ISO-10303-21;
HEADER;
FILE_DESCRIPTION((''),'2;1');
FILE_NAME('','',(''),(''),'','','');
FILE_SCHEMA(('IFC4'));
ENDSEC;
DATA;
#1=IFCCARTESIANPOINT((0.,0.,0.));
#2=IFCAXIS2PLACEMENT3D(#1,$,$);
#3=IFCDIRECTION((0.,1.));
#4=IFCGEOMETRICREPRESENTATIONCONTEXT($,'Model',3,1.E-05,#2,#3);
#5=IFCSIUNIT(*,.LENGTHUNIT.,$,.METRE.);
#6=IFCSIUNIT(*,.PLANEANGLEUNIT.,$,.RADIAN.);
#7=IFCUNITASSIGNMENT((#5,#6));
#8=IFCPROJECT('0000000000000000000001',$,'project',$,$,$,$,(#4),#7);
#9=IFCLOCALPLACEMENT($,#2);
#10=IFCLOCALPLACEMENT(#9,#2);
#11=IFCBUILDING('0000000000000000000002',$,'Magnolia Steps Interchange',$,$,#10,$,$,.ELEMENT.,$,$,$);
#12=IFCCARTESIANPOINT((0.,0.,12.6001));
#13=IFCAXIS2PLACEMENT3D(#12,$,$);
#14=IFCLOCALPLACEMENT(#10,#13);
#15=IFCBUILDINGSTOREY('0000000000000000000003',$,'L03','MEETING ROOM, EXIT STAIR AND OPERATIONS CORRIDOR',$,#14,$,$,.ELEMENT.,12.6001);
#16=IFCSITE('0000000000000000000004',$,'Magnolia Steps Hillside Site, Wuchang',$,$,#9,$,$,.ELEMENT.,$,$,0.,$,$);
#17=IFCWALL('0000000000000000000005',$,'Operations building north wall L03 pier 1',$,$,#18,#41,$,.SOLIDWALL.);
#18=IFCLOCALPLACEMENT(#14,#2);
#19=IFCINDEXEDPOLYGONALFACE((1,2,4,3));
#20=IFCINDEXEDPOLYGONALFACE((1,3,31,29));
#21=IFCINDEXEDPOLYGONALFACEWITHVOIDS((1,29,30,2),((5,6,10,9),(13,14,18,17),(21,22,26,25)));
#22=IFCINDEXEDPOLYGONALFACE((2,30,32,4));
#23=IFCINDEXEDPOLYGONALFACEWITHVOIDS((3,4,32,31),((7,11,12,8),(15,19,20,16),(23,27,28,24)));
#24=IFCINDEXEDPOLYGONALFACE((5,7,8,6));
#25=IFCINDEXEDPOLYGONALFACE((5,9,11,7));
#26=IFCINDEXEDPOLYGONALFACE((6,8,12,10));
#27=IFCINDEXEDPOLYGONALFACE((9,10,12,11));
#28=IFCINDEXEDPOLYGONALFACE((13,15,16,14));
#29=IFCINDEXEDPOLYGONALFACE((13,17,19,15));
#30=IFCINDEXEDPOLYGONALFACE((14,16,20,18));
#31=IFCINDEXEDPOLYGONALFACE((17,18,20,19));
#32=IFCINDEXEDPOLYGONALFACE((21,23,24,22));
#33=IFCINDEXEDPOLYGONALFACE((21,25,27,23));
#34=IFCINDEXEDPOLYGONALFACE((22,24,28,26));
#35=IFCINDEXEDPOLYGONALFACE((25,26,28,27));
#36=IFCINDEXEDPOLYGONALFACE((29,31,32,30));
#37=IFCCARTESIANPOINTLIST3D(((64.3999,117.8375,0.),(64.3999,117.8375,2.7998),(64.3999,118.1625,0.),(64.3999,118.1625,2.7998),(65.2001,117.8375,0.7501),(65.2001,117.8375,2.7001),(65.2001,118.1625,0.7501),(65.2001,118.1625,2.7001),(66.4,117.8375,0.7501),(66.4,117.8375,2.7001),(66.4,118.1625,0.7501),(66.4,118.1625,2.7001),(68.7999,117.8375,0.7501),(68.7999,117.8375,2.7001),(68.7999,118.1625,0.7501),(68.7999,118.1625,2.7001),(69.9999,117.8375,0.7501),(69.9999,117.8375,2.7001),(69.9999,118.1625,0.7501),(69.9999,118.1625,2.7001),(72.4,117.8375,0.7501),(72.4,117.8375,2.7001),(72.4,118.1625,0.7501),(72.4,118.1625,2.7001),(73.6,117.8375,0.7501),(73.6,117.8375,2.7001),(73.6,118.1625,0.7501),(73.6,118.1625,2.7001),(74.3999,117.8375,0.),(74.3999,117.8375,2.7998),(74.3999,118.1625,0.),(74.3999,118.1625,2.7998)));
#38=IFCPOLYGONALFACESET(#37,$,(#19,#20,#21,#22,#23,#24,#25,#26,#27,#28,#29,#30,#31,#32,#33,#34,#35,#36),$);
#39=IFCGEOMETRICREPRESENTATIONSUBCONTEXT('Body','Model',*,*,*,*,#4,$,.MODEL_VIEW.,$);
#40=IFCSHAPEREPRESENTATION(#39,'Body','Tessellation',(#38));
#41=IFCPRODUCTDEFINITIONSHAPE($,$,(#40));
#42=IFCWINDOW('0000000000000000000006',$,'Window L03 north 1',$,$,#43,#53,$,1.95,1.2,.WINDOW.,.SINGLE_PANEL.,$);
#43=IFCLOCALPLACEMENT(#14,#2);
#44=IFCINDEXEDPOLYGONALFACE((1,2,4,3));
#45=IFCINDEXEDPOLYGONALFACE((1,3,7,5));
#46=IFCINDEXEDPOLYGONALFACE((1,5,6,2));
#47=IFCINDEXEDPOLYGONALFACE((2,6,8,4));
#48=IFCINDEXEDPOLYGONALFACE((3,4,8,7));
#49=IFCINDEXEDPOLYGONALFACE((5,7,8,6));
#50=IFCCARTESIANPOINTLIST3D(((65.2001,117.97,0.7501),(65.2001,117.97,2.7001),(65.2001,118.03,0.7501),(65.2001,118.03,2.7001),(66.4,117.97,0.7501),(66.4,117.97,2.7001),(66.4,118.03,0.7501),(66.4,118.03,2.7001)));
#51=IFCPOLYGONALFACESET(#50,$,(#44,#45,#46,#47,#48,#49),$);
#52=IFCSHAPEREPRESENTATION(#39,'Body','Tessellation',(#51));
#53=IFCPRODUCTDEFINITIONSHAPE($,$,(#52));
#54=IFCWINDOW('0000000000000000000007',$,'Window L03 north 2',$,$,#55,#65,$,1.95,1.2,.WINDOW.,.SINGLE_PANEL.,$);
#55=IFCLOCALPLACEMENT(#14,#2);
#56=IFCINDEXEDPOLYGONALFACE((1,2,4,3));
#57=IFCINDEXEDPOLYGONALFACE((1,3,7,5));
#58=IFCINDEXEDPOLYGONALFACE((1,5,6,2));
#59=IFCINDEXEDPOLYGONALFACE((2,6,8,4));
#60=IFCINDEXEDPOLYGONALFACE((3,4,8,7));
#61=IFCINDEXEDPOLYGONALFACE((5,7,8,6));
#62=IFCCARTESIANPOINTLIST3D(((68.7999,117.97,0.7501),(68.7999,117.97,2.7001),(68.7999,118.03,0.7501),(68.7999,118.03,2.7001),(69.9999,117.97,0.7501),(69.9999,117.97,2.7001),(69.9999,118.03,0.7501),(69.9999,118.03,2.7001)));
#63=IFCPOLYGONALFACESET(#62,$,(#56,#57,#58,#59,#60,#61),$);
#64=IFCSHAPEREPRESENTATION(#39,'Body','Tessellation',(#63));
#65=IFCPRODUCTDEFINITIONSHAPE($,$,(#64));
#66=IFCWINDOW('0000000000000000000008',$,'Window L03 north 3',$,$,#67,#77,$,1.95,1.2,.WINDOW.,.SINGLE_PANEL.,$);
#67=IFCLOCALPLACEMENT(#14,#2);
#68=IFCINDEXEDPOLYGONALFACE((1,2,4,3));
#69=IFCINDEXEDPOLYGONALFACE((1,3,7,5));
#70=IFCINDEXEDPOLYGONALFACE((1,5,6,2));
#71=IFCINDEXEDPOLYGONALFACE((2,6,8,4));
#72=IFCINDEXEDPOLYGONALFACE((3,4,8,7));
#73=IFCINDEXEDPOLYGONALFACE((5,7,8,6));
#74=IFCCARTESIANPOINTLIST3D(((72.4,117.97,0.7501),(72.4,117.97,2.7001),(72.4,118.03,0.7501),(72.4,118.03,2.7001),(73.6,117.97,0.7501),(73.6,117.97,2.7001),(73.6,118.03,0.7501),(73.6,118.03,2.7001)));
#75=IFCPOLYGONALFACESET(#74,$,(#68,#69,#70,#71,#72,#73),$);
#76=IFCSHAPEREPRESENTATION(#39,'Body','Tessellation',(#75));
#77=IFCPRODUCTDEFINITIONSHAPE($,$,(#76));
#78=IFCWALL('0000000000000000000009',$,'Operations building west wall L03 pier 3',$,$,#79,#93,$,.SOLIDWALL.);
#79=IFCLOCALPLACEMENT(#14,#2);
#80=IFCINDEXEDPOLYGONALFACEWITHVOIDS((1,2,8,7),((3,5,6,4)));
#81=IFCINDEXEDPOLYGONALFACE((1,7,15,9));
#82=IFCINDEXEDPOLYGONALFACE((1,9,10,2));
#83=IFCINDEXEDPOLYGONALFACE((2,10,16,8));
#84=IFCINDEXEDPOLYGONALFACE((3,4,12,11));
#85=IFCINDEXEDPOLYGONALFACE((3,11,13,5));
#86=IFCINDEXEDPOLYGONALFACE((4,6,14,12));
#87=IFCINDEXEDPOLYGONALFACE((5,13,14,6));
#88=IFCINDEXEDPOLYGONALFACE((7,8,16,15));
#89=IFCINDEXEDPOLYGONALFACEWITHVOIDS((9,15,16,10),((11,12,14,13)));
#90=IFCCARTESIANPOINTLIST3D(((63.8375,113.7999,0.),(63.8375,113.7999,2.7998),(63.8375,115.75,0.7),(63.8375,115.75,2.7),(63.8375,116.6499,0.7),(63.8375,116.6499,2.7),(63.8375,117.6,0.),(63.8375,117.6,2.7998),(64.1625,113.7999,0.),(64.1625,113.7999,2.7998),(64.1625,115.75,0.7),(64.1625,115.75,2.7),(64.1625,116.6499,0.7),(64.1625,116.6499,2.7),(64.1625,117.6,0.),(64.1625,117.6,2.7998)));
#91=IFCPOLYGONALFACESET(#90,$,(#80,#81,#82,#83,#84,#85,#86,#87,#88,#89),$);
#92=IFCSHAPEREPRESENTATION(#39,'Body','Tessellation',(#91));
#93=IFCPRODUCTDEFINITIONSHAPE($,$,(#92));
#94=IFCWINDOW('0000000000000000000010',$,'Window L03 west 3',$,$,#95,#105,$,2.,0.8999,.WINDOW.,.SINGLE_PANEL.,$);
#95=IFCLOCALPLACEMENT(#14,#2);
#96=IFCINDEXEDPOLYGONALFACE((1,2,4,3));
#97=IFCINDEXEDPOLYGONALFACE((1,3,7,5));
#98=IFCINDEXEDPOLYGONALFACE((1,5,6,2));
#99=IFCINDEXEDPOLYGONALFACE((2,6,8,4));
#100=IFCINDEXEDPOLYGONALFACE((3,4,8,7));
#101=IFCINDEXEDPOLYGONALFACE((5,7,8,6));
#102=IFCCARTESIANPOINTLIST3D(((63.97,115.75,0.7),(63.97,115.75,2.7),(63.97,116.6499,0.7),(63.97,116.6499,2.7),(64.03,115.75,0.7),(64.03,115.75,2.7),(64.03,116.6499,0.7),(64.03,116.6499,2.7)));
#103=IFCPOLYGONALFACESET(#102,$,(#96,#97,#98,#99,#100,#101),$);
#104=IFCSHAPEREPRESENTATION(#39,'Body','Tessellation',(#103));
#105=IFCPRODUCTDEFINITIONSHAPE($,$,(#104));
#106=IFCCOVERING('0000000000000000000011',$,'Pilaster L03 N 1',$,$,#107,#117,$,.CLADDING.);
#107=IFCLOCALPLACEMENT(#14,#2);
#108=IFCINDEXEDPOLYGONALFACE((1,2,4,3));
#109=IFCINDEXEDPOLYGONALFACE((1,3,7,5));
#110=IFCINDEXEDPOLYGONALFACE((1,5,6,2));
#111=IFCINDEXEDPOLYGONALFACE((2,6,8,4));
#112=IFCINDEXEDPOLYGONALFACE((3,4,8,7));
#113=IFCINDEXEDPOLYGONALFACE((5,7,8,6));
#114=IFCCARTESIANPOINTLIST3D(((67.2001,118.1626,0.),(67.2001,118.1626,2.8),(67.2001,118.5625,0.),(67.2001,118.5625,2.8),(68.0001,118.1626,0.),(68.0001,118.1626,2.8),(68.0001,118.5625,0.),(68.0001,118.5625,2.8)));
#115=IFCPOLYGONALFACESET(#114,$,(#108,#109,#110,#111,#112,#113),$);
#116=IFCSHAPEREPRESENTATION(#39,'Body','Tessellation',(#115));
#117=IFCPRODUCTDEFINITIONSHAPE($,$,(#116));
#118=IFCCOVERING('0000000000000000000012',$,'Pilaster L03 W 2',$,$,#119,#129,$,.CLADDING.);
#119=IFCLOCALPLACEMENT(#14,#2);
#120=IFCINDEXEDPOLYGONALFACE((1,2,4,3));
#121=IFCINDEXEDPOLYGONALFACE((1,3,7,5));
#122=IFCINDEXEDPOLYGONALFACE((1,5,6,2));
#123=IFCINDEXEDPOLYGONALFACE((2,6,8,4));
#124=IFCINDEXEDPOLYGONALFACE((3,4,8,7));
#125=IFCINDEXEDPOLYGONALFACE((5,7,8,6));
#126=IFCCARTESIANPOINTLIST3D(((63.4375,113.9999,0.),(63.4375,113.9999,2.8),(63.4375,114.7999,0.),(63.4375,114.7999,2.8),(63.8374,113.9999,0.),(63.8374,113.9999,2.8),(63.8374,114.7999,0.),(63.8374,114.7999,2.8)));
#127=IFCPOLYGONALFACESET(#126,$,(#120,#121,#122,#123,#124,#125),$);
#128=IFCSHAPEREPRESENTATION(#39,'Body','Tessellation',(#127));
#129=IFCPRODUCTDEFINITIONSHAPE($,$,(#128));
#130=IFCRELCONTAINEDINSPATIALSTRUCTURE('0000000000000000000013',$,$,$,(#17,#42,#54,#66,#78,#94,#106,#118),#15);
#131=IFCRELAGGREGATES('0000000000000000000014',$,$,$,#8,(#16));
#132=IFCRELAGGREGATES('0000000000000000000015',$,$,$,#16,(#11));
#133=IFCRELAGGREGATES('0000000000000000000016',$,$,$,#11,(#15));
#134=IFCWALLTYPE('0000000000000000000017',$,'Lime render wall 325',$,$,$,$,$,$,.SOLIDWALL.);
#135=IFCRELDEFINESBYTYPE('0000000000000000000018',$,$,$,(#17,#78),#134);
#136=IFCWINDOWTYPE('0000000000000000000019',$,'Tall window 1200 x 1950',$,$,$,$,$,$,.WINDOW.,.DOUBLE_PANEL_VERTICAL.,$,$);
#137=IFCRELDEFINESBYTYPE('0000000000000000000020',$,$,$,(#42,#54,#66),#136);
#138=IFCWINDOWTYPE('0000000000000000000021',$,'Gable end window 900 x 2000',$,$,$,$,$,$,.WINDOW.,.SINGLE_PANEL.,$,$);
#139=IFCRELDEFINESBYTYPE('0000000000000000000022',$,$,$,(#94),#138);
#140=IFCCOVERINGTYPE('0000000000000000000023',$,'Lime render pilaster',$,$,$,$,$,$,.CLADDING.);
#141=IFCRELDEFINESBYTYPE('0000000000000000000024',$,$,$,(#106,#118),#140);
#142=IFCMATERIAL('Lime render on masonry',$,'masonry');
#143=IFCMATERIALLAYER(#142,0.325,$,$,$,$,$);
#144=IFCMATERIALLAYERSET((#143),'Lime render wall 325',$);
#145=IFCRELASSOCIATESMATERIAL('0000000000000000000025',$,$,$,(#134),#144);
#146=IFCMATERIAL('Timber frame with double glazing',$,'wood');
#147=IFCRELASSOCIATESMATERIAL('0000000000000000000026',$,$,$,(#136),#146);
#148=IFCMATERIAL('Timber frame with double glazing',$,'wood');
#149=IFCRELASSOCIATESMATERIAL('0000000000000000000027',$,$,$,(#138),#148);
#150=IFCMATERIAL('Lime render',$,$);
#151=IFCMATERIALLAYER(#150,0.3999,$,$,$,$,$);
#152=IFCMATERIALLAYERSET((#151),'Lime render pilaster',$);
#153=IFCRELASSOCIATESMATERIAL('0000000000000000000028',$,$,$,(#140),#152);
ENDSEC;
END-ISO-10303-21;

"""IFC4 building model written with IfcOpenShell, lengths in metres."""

from ifc_helpers import new_model, si_unit, direction, frame, frame_2d, origin, origin_2d, place, context, subcontext, project, spatial, rectangle, extrude, material, layer, layer_set, type_object, element, fill, save


model = new_model("IFC4")

# Units and contexts
model_context = context("Model", 3, precision=1e-05, world=origin(), true_north=direction((0.0, 1.0)))
body_context = subcontext(model_context, "Body", "Model", "MODEL_VIEW")
ifc_project = project(units=[si_unit("LENGTHUNIT", "METRE"), si_unit("PLANEANGLEUNIT", "RADIAN")], contexts=[model_context])

# Site, building, storey
site_placement = place(None, origin())
site = spatial("IfcSite", under=ifc_project, at=site_placement, Name="Magnolia Steps Hillside Site, Wuchang", CompositionType="ELEMENT", RefElevation=0.0)
building_placement = place(site_placement, origin())
building = spatial("IfcBuilding", under=site, at=building_placement, Name="Magnolia Steps Interchange", CompositionType="ELEMENT")
storey_placement = place(building_placement, frame((0.0, 0.0, 12.6001)))
storey = spatial("IfcBuildingStorey", under=building, at=storey_placement, Name="L03", Description="MEETING ROOM, EXIT STAIR AND OPERATIONS CORRIDOR", CompositionType="ELEMENT", Elevation=12.6001)

# Wall, openings, windows
ifc_material_1 = material(Name="Lime render on masonry", Category="masonry")
ifc_layer_1 = layer(ifc_material_1, 0.325)
ifc_layer_set_1 = layer_set([ifc_layer_1], Name="Lime render wall 325")
wall_type = type_object("IfcWallType", Name="Lime render wall 325", PredefinedType="SOLIDWALL", material=ifc_layer_set_1)
wall_1_placement = place(storey_placement, frame((64.3999, 118.0, 0.0), z_axis=(0.0, 0.0, 1.0), x_axis=(1.0, 0.0, 0.0)))
wall_1 = element("IfcWall", 1, at=wall_1_placement, inside=storey, type_object=wall_type, Name="Operations building north wall L03 pier 1", PredefinedType="SOLIDWALL", context=body_context, shape_type="SweptSolid", body=[
    extrude(rectangle(XDim=10.0, YDim=0.325, at=frame_2d((5.0, 0.0))), origin(), (0.0, 0.0, 1.0), 2.7998),
])
opening_1_placement = place(wall_1_placement, frame((0.8, 0.0, 0.75)))
opening_1 = element("IfcOpeningElement", 2, at=opening_1_placement, cuts=wall_1, PredefinedType="OPENING", context=body_context, shape_type="SweptSolid", body=[
    extrude(rectangle(XDim=1.2, YDim=1.95, at=frame_2d((0.6001, 0.9751))), frame((0.0, 0.1724, 0.0), z_axis=(0.0, -1.0, 0.0), x_axis=(1.0, 0.0, 0.0)), (0.0, 0.0, 1.0), 0.345),
])
opening_2_placement = place(wall_1_placement, frame((4.3999, 0.0, 0.75)))
opening_2 = element("IfcOpeningElement", 3, at=opening_2_placement, cuts=wall_1, PredefinedType="OPENING", context=body_context, shape_type="SweptSolid", body=[
    extrude(rectangle(XDim=1.2, YDim=1.95, at=frame_2d((0.6001, 0.9751))), frame((0.0, 0.1724, 0.0), z_axis=(0.0, -1.0, 0.0), x_axis=(1.0, 0.0, 0.0)), (0.0, 0.0, 1.0), 0.345),
])
opening_3_placement = place(wall_1_placement, frame((8.0, 0.0, 0.75)))
opening_3 = element("IfcOpeningElement", 4, at=opening_3_placement, cuts=wall_1, PredefinedType="OPENING", context=body_context, shape_type="SweptSolid", body=[
    extrude(rectangle(XDim=1.2, YDim=1.95, at=frame_2d((0.6001, 0.9751))), frame((0.0, 0.1724, 0.0), z_axis=(0.0, -1.0, 0.0), x_axis=(1.0, 0.0, 0.0)), (0.0, 0.0, 1.0), 0.345),
])
ifc_material_2 = material(Name="Timber frame with double glazing", Category="wood")
window_type_1 = type_object("IfcWindowType", Name="Tall window 1200 x 1950", PartitioningType="DOUBLE_PANEL_VERTICAL", PredefinedType="WINDOW", material=ifc_material_2)
window_1_placement = place(opening_1_placement, origin())
window_1 = element("IfcWindow", 5, at=window_1_placement, inside=storey, type_object=window_type_1, Name="Window L03 north 1", OverallHeight=1.95, OverallWidth=1.2, PartitioningType="SINGLE_PANEL", PredefinedType="WINDOW", context=body_context, shape_type="SweptSolid", body=[
    extrude(rectangle(XDim=1.2, YDim=1.95, at=frame_2d((0.6001, 0.9751))), frame((0.0, 0.03, 0.0), z_axis=(0.0, -1.0, 0.0), x_axis=(1.0, 0.0, 0.0)), (0.0, 0.0, 1.0), 0.0601),
])
fill(opening_1, window_1)
window_2_placement = place(opening_2_placement, origin())
window_2 = element("IfcWindow", 6, at=window_2_placement, inside=storey, type_object=window_type_1, Name="Window L03 north 2", OverallHeight=1.95, OverallWidth=1.2, PartitioningType="SINGLE_PANEL", PredefinedType="WINDOW", context=body_context, shape_type="SweptSolid", body=[
    extrude(rectangle(XDim=1.2, YDim=1.95, at=frame_2d((0.6001, 0.9751))), frame((0.0, 0.03, 0.0), z_axis=(0.0, -1.0, 0.0), x_axis=(1.0, 0.0, 0.0)), (0.0, 0.0, 1.0), 0.0601),
])
fill(opening_2, window_2)
window_3_placement = place(opening_3_placement, origin())
window_3 = element("IfcWindow", 7, at=window_3_placement, inside=storey, type_object=window_type_1, Name="Window L03 north 3", OverallHeight=1.95, OverallWidth=1.2, PartitioningType="SINGLE_PANEL", PredefinedType="WINDOW", context=body_context, shape_type="SweptSolid", body=[
    extrude(rectangle(XDim=1.2, YDim=1.95, at=frame_2d((0.6001, 0.9751))), frame((0.0, 0.03, 0.0), z_axis=(0.0, -1.0, 0.0), x_axis=(1.0, 0.0, 0.0)), (0.0, 0.0, 1.0), 0.0601),
])
fill(opening_3, window_3)

# Wall, opening, window
wall_2_placement = place(storey_placement, frame((64.0, 113.8, 0.0), z_axis=(0.0, 0.0, 1.0), x_axis=(0.0, 1.0, 0.0)))
wall_2 = element("IfcWall", 8, at=wall_2_placement, inside=storey, type_object=wall_type, Name="Operations building west wall L03 pier 3", PredefinedType="SOLIDWALL", context=body_context, shape_type="SweptSolid", body=[
    extrude(rectangle(XDim=3.8, YDim=0.325, at=frame_2d((1.8999, 0.0))), origin(), (0.0, 0.0, 1.0), 2.7998),
])
opening_4_placement = place(wall_2_placement, frame((1.95, 0.0, 0.7)))
opening_4 = element("IfcOpeningElement", 9, at=opening_4_placement, cuts=wall_2, PredefinedType="OPENING", context=body_context, shape_type="SweptSolid", body=[
    extrude(rectangle(XDim=0.8999, YDim=2.0, at=frame_2d((0.45, 1.0))), frame((0.0, 0.1724, 0.0), z_axis=(0.0, -1.0, 0.0), x_axis=(1.0, 0.0, 0.0)), (0.0, 0.0, 1.0), 0.345),
])
ifc_material_3 = material(Name="Timber frame with double glazing", Category="wood")
window_type_2 = type_object("IfcWindowType", Name="Gable end window 900 x 2000", PartitioningType="SINGLE_PANEL", PredefinedType="WINDOW", material=ifc_material_3)
window_4_placement = place(opening_4_placement, origin())
window_4 = element("IfcWindow", 10, at=window_4_placement, inside=storey, type_object=window_type_2, Name="Window L03 west 3", OverallHeight=2.0, OverallWidth=0.8999, PartitioningType="SINGLE_PANEL", PredefinedType="WINDOW", context=body_context, shape_type="SweptSolid", body=[
    extrude(rectangle(XDim=0.8999, YDim=2.0, at=frame_2d((0.45, 1.0))), frame((0.0, 0.03, 0.0), z_axis=(0.0, -1.0, 0.0), x_axis=(1.0, 0.0, 0.0)), (0.0, 0.0, 1.0), 0.0601),
])
fill(opening_4, window_4)

# Coverings
ifc_material_4 = material(Name="Lime render")
ifc_layer_2 = layer(ifc_material_4, 0.3999)
ifc_layer_set_2 = layer_set([ifc_layer_2], Name="Lime render pilaster")
covering_type_1 = type_object("IfcCoveringType", Name="Lime render pilaster", PredefinedType="CLADDING", material=ifc_layer_set_2)
covering_1_placement = place(storey_placement, frame((67.6001, 118.3625, 0.0), z_axis=(0.0, 0.0, 1.0), x_axis=(1.0, 0.0, 0.0)))
element("IfcCovering", 11, at=covering_1_placement, inside=storey, type_object=covering_type_1, Name="Pilaster L03 N 1", PredefinedType="CLADDING", context=body_context, shape_type="SweptSolid", body=[
    extrude(rectangle(XDim=0.8, YDim=0.3999, at=origin_2d()), origin(), (0.0, 0.0, 1.0), 2.8),
])
covering_2_placement = place(storey_placement, frame((63.6375, 114.3999, 0.0), z_axis=(0.0, 0.0, 1.0), x_axis=(1.0, 0.0, 0.0)))
element("IfcCovering", 12, at=covering_2_placement, inside=storey, type_object=covering_type_1, Name="Pilaster L03 W 2", PredefinedType="CLADDING", context=body_context, shape_type="SweptSolid", body=[
    extrude(rectangle(XDim=0.3999, YDim=0.8, at=origin_2d()), origin(), (0.0, 0.0, 1.0), 2.8),
])

save(model, "model.ifc")
